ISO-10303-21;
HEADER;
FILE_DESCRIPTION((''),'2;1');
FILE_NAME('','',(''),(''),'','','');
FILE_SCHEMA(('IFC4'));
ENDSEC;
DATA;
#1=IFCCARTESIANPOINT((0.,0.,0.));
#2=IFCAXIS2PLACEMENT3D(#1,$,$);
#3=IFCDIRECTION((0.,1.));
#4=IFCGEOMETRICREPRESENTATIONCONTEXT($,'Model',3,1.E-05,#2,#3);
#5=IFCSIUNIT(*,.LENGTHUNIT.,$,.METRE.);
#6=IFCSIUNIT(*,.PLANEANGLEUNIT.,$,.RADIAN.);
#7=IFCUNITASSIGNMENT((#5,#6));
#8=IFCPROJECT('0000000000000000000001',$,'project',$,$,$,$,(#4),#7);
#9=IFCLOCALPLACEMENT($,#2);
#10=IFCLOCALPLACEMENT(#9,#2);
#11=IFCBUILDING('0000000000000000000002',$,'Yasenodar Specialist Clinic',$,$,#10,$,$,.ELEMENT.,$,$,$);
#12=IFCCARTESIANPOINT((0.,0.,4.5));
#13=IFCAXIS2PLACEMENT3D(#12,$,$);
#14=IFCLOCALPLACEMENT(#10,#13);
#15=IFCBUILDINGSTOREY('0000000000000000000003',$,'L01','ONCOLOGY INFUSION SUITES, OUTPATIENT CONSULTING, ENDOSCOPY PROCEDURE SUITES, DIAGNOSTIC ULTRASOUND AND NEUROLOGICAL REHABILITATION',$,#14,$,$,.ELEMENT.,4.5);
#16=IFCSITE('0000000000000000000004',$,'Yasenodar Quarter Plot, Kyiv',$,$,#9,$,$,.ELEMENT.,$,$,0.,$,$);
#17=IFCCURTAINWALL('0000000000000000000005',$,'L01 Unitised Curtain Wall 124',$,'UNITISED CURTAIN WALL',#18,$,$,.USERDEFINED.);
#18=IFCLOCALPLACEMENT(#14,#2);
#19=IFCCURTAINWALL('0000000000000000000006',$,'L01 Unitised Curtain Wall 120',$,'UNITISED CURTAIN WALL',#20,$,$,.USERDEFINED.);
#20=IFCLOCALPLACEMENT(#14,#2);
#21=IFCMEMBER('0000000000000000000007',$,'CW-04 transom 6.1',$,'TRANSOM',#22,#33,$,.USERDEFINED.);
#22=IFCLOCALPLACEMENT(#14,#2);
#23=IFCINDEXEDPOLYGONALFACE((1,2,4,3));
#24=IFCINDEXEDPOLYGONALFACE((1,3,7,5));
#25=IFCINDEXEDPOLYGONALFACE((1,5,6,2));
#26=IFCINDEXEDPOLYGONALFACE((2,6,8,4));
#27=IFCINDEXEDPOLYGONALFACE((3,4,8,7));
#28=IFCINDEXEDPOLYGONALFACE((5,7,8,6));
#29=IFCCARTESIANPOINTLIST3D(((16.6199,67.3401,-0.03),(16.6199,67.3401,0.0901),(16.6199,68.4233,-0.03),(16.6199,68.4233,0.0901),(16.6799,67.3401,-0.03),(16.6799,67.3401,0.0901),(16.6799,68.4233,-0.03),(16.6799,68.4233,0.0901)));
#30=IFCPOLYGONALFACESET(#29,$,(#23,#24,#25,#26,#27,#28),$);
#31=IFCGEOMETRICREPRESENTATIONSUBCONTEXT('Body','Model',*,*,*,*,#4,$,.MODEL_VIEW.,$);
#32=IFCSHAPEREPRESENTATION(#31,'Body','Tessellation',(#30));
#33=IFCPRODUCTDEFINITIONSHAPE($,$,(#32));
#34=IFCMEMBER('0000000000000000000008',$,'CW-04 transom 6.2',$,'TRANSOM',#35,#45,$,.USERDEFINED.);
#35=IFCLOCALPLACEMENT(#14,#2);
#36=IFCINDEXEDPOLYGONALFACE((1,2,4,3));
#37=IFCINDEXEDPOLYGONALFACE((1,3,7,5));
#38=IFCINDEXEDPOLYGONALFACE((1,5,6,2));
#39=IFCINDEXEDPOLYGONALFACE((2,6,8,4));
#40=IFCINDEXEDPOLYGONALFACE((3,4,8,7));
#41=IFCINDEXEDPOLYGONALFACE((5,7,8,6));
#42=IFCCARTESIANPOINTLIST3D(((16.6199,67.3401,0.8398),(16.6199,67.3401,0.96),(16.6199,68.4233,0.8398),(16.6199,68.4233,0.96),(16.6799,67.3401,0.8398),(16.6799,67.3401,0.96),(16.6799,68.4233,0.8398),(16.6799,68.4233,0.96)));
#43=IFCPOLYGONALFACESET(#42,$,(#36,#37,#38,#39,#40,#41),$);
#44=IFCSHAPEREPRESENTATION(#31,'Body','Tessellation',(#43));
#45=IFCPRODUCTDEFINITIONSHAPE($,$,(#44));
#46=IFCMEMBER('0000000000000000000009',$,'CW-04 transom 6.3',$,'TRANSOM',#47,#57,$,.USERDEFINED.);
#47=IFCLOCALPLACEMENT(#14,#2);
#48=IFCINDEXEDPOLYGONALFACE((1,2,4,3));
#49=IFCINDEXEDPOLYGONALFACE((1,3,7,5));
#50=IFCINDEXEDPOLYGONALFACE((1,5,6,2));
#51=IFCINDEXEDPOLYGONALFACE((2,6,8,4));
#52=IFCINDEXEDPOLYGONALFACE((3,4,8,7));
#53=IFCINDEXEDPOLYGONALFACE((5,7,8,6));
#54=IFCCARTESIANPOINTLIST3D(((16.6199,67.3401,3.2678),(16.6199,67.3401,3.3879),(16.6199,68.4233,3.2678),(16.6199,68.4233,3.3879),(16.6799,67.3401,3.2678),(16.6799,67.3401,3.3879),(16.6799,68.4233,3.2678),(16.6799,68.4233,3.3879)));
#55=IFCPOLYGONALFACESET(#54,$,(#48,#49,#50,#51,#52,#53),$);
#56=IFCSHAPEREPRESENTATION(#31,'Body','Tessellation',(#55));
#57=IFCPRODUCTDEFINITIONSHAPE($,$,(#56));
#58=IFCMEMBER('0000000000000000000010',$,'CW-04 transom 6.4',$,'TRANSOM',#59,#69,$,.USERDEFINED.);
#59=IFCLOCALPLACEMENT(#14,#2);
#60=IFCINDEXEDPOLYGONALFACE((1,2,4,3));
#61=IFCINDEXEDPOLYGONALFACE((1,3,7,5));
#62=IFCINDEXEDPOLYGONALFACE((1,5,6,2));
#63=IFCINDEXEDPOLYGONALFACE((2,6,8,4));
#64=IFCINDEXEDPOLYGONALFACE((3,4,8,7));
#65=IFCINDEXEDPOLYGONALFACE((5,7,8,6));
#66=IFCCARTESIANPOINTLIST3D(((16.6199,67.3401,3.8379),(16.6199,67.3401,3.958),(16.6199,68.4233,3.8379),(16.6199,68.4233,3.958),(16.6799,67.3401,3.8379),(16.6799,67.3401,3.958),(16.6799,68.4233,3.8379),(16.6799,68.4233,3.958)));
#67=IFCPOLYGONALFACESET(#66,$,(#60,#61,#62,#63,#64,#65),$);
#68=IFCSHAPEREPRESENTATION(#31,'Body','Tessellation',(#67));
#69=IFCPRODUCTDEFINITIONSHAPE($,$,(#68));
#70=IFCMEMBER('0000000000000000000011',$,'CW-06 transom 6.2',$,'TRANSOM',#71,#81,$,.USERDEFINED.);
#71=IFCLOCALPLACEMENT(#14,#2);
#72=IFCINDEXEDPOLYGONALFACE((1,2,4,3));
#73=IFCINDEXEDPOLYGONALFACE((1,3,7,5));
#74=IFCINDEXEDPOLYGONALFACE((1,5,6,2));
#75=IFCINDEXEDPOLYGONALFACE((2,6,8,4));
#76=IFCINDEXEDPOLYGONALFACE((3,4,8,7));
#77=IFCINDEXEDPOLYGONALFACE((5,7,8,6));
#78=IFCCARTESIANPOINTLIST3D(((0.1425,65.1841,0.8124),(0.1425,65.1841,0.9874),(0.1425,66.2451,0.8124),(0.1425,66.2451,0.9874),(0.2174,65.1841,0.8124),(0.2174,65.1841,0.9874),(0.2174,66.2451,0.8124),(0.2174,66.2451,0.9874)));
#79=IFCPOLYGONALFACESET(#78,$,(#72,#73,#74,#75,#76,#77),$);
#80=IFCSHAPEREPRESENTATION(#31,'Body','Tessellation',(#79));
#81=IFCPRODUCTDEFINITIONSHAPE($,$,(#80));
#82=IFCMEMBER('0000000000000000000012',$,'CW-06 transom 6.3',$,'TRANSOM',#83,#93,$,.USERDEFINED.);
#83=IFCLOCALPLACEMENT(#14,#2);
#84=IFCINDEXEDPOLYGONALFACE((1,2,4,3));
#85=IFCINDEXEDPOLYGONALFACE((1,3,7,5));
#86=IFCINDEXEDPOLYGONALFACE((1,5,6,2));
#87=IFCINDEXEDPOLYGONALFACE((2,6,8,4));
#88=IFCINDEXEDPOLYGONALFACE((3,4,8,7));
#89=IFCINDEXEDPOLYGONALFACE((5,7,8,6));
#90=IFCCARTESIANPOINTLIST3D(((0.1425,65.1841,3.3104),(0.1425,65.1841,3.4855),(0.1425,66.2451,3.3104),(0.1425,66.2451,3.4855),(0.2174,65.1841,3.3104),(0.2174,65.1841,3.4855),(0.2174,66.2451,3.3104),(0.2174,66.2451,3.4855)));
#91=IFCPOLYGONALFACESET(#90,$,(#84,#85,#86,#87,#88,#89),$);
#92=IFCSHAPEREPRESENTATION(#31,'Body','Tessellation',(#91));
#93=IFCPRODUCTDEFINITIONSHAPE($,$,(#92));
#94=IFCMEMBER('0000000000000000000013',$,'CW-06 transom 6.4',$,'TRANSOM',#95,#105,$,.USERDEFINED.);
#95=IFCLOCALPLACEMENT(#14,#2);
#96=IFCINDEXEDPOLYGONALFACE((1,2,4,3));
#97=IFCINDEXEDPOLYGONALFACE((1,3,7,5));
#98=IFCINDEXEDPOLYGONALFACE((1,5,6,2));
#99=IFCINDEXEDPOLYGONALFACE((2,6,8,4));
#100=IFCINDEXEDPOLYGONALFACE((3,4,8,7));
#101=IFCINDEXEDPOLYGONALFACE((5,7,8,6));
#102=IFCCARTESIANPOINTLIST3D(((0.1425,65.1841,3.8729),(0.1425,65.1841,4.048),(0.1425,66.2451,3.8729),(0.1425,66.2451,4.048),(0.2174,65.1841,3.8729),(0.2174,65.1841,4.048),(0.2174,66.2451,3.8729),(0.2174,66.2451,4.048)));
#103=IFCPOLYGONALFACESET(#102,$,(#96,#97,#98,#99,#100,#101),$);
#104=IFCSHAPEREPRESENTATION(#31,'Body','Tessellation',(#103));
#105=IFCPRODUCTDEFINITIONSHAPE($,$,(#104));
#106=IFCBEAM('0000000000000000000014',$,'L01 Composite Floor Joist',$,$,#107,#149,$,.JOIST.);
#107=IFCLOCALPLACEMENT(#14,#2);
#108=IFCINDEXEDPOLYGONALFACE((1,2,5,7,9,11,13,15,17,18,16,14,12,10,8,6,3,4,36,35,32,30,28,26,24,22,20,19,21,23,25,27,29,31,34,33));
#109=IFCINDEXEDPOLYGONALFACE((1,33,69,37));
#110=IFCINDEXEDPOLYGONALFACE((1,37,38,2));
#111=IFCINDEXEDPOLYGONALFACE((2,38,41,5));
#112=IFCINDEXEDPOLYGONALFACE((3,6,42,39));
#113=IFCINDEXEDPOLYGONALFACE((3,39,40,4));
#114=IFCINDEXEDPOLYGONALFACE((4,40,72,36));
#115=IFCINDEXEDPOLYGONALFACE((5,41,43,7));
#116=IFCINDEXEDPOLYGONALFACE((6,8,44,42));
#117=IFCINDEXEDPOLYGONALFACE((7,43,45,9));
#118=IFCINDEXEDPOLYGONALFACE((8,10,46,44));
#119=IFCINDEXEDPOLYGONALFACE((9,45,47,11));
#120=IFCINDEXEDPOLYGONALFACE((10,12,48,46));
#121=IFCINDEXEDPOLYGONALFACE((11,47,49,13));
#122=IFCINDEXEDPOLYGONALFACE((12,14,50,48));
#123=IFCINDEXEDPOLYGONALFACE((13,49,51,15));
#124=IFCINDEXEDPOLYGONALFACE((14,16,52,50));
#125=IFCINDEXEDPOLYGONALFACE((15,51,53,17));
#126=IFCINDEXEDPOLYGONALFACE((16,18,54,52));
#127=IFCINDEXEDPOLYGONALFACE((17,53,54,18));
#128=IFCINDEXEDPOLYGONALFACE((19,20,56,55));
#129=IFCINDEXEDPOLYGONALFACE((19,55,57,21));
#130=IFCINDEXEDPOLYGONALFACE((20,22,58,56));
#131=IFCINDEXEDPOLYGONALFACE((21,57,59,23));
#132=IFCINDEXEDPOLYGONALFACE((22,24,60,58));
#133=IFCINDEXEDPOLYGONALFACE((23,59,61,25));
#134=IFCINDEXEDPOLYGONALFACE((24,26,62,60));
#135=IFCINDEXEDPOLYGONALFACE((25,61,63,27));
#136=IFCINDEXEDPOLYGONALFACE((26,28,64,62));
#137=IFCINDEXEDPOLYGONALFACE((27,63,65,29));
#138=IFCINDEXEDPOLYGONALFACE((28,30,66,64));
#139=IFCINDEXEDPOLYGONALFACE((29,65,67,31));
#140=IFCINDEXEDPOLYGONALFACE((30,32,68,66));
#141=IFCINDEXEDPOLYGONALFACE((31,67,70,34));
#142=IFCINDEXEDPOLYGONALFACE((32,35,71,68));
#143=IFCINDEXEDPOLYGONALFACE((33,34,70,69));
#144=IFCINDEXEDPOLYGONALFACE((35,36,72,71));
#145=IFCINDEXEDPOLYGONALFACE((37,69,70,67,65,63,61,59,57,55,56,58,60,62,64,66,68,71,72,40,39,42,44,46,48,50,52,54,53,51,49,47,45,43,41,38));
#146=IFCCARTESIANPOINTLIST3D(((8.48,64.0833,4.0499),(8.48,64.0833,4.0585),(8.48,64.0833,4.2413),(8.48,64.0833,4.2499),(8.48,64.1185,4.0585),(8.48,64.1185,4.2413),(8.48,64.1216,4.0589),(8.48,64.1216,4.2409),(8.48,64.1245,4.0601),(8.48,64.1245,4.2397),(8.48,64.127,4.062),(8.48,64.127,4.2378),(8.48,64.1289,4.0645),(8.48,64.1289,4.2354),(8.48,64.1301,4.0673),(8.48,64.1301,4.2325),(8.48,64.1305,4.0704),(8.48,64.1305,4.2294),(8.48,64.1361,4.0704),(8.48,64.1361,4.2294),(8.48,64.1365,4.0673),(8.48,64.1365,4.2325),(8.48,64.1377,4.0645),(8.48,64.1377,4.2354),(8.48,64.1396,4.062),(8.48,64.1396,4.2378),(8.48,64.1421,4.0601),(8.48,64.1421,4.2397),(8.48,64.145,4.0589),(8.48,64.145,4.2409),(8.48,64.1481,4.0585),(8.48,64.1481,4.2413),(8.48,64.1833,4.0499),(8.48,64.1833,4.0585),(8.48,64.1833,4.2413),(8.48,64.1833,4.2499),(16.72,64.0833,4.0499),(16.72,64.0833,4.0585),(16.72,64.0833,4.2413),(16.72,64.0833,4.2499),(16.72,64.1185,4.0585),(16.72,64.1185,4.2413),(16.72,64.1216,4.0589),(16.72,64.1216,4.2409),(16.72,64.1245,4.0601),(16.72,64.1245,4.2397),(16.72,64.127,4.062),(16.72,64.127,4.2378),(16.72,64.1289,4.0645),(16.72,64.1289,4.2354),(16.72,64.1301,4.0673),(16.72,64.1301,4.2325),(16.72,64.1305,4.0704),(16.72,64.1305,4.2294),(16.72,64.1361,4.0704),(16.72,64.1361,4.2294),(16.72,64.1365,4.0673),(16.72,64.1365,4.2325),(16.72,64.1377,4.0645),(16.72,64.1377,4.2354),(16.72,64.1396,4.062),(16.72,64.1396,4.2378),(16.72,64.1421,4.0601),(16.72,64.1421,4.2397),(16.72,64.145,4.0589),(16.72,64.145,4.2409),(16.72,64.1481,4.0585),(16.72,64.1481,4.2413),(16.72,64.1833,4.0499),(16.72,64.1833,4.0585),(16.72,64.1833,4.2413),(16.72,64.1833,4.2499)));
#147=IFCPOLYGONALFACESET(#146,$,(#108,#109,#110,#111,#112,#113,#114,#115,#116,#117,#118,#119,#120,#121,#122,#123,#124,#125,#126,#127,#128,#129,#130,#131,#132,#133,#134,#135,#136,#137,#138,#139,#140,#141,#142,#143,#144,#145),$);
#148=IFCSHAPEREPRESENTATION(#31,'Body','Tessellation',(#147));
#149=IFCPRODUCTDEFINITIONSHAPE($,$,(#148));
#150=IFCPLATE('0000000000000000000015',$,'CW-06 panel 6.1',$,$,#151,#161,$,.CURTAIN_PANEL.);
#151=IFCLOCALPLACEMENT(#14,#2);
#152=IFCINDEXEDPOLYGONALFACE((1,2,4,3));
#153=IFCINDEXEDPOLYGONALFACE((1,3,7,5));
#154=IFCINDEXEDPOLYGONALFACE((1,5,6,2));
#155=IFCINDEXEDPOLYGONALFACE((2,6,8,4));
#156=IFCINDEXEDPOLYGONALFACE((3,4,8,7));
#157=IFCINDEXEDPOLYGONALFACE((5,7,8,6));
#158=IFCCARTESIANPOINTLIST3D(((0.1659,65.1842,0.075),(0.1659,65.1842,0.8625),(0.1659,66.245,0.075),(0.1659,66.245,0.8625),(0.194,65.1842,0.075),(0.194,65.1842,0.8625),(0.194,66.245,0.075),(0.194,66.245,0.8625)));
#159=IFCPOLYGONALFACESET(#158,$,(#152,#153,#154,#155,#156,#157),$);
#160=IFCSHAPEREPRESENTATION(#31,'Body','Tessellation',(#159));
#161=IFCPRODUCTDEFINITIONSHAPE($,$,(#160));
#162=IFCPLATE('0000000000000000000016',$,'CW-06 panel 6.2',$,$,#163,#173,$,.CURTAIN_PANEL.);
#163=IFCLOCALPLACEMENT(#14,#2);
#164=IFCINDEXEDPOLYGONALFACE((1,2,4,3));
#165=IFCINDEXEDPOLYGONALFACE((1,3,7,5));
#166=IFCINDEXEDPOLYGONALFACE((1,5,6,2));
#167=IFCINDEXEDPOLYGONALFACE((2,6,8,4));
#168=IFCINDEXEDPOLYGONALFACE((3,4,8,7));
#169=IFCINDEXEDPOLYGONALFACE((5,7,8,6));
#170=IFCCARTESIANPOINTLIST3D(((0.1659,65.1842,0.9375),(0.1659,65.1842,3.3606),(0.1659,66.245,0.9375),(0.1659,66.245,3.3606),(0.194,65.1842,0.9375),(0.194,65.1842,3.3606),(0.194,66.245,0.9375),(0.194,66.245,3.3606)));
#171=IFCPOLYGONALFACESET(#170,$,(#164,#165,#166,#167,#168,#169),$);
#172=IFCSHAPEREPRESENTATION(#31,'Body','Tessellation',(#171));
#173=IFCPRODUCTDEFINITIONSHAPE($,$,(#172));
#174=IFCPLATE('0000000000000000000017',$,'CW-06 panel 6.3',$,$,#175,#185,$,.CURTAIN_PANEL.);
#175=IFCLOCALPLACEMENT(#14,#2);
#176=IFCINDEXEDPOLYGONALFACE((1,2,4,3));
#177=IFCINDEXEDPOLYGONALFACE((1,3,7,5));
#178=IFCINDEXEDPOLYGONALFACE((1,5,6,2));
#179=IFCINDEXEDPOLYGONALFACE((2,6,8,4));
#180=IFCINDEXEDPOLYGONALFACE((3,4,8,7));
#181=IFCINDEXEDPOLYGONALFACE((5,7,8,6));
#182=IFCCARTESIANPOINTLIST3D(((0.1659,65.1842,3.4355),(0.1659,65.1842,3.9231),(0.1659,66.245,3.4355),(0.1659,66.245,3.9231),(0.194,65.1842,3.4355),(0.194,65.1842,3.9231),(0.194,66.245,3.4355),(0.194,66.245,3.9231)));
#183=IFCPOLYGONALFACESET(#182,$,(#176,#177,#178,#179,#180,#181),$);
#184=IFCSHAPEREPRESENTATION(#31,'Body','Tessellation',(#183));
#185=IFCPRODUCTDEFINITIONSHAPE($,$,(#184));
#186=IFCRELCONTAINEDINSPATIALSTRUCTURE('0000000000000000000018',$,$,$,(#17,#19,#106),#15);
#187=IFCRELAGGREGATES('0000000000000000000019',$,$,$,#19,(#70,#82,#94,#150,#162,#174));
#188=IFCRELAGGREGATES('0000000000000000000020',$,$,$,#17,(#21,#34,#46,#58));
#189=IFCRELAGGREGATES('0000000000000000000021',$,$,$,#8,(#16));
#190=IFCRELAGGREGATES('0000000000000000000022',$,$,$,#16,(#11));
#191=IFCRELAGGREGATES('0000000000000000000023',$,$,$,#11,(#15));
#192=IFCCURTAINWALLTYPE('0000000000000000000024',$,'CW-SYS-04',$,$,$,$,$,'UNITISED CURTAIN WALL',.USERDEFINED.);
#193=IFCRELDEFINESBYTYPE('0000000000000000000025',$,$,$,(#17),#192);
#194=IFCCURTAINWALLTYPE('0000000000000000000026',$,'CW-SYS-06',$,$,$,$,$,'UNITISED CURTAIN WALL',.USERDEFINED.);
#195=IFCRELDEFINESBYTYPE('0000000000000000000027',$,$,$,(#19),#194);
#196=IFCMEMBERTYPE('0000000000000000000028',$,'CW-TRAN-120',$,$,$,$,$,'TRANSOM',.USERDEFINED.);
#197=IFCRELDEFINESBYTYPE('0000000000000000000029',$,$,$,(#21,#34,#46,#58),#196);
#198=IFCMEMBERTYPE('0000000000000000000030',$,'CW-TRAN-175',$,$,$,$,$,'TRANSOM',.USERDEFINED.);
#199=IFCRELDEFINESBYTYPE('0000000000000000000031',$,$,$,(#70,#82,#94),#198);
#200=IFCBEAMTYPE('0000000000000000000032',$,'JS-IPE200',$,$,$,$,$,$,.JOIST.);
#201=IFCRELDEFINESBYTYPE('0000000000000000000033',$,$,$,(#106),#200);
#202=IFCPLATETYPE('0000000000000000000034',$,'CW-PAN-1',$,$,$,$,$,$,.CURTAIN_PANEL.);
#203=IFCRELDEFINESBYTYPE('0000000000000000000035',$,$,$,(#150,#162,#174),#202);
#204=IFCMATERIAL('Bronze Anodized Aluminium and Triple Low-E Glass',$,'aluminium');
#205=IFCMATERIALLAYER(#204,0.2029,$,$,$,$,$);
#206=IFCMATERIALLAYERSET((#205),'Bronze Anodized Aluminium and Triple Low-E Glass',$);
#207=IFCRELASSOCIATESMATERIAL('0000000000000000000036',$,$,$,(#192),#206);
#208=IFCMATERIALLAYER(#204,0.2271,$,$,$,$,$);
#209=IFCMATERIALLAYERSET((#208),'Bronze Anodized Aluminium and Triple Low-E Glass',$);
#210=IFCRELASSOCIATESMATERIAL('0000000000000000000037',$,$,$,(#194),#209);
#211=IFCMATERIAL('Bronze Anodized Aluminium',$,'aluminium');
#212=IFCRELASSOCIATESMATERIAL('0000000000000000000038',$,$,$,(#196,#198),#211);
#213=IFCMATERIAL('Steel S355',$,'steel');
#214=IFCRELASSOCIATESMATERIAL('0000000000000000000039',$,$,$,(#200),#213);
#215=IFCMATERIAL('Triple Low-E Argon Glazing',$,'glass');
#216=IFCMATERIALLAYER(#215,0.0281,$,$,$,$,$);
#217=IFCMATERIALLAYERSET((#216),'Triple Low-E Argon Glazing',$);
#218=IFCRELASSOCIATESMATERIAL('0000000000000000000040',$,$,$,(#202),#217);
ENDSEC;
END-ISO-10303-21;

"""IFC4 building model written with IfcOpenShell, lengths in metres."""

from ifc_helpers import new_model, si_unit, direction, frame, origin, origin_2d, place, context, subcontext, project, spatial, rectangle, i_section, extrude, material, layer, layer_set, material_profile, profile_set, type_object, element, aggregate, save


model = new_model("IFC4")

# Units and contexts
model_context = context("Model", 3, precision=1e-05, world=origin(), true_north=direction((0.0, 1.0)))
body_context = subcontext(model_context, "Body", "Model", "MODEL_VIEW")
ifc_project = project(units=[si_unit("LENGTHUNIT", "METRE"), si_unit("PLANEANGLEUNIT", "RADIAN")], contexts=[model_context])

# Site, building, storey
site_placement = place(None, origin())
site = spatial("IfcSite", under=ifc_project, at=site_placement, Name="Yasenodar Quarter Plot, Kyiv", CompositionType="ELEMENT", RefElevation=0.0)
building_placement = place(site_placement, origin())
building = spatial("IfcBuilding", under=site, at=building_placement, Name="Yasenodar Specialist Clinic", CompositionType="ELEMENT")
storey_placement = place(building_placement, frame((0.0, 0.0, 4.5)))
storey = spatial("IfcBuildingStorey", under=building, at=storey_placement, Name="L01", Description="ONCOLOGY INFUSION SUITES, OUTPATIENT CONSULTING, ENDOSCOPY PROCEDURE SUITES, DIAGNOSTIC ULTRASOUND AND NEUROLOGICAL REHABILITATION", CompositionType="ELEMENT", Elevation=4.5)

# Shared definitions
ifc_material_1 = material(Name="Steel S355", Category="steel")

# Curtain wall
ifc_material_2 = material(Name="Bronze Anodized Aluminium and Triple Low-E Glass", Category="aluminium")
ifc_layer_1 = layer(ifc_material_2, 0.2029)
ifc_layer_set_1 = layer_set([ifc_layer_1], Name="Bronze Anodized Aluminium and Triple Low-E Glass")
curtain_wall_type_1 = type_object("IfcCurtainWallType", Name="CW-SYS-04", ElementType="UNITISED CURTAIN WALL", PredefinedType="USERDEFINED", material=ifc_layer_set_1)
curtain_wall_1_placement = place(storey_placement, origin())
curtain_wall_1 = element("IfcCurtainWall", 1, at=curtain_wall_1_placement, inside=storey, type_object=curtain_wall_type_1, Name="L01 Unitised Curtain Wall 124", ObjectType="UNITISED CURTAIN WALL", PredefinedType="USERDEFINED")
ifc_material_3 = material(Name="Bronze Anodized Aluminium", Category="aluminium")

# Curtain wall
ifc_layer_2 = layer(ifc_material_2, 0.2271)
ifc_layer_set_2 = layer_set([ifc_layer_2], Name="Bronze Anodized Aluminium and Triple Low-E Glass")
curtain_wall_type_2 = type_object("IfcCurtainWallType", Name="CW-SYS-06", ElementType="UNITISED CURTAIN WALL", PredefinedType="USERDEFINED", material=ifc_layer_set_2)
curtain_wall_2_placement = place(storey_placement, origin())
curtain_wall_2 = element("IfcCurtainWall", 2, at=curtain_wall_2_placement, inside=storey, type_object=curtain_wall_type_2, Name="L01 Unitised Curtain Wall 120", ObjectType="UNITISED CURTAIN WALL", PredefinedType="USERDEFINED")

# Members
ifc_material_profile_1 = material_profile(ifc_material_3, rectangle(XDim=0.0601, YDim=0.1201, at=origin_2d()), Name="CW-TRAN 60x120")
ifc_profile_set_1 = profile_set([ifc_material_profile_1], Name="Bronze Anodized Aluminium")
member_type_1 = type_object("IfcMemberType", Name="CW-TRAN-120", ElementType="TRANSOM", PredefinedType="USERDEFINED", material=ifc_profile_set_1)
member_1_placement = place(storey_placement, frame((16.6499, 68.4233, 0.03), z_axis=(0.0, -1.0, 0.0), x_axis=(1.0, 0.0, 0.0)))
member_1 = element("IfcMember", 3, at=member_1_placement, type_object=member_type_1, Name="CW-04 transom 6.1", ObjectType="TRANSOM", PredefinedType="USERDEFINED", context=body_context, shape_type="SweptSolid", body=[
    extrude(rectangle(XDim=0.0601, YDim=0.1201, at=origin_2d()), origin(), (0.0, 0.0, 1.0), 1.0833),
])
member_2_placement = place(storey_placement, frame((16.6499, 68.4233, 0.8999), z_axis=(0.0, -1.0, 0.0), x_axis=(1.0, 0.0, 0.0)))
member_2 = element("IfcMember", 4, at=member_2_placement, type_object=member_type_1, Name="CW-04 transom 6.2", ObjectType="TRANSOM", PredefinedType="USERDEFINED", context=body_context, shape_type="SweptSolid", body=[
    extrude(rectangle(XDim=0.0601, YDim=0.1201, at=origin_2d()), origin(), (0.0, 0.0, 1.0), 1.0833),
])
member_3_placement = place(storey_placement, frame((16.6499, 68.4233, 3.3279), z_axis=(0.0, -1.0, 0.0), x_axis=(1.0, 0.0, 0.0)))
member_3 = element("IfcMember", 5, at=member_3_placement, type_object=member_type_1, Name="CW-04 transom 6.3", ObjectType="TRANSOM", PredefinedType="USERDEFINED", context=body_context, shape_type="SweptSolid", body=[
    extrude(rectangle(XDim=0.0601, YDim=0.1201, at=origin_2d()), origin(), (0.0, 0.0, 1.0), 1.0833),
])
member_4_placement = place(storey_placement, frame((16.6499, 68.4233, 3.8979), z_axis=(0.0, -1.0, 0.0), x_axis=(1.0, 0.0, 0.0)))
member_4 = element("IfcMember", 6, at=member_4_placement, type_object=member_type_1, Name="CW-04 transom 6.4", ObjectType="TRANSOM", PredefinedType="USERDEFINED", context=body_context, shape_type="SweptSolid", body=[
    extrude(rectangle(XDim=0.0601, YDim=0.1201, at=origin_2d()), origin(), (0.0, 0.0, 1.0), 1.0833),
])
ifc_material_profile_2 = material_profile(ifc_material_3, rectangle(XDim=0.075, YDim=0.175, at=origin_2d()), Name="CW-TRAN 75x175")
ifc_profile_set_2 = profile_set([ifc_material_profile_2], Name="Bronze Anodized Aluminium")
member_type_2 = type_object("IfcMemberType", Name="CW-TRAN-175", ElementType="TRANSOM", PredefinedType="USERDEFINED", material=ifc_profile_set_2)
member_5_placement = place(storey_placement, frame((0.1799, 65.1841, 0.8999), z_axis=(0.0, 1.0, 0.0), x_axis=(-1.0, 0.0, 0.0)))
member_5 = element("IfcMember", 7, at=member_5_placement, type_object=member_type_2, Name="CW-06 transom 6.2", ObjectType="TRANSOM", PredefinedType="USERDEFINED", context=body_context, shape_type="SweptSolid", body=[
    extrude(rectangle(XDim=0.075, YDim=0.175, at=origin_2d()), origin(), (0.0, 0.0, 1.0), 1.061),
])
member_6_placement = place(storey_placement, frame((0.1799, 65.1841, 3.3979), z_axis=(0.0, 1.0, 0.0), x_axis=(-1.0, 0.0, 0.0)))
member_6 = element("IfcMember", 8, at=member_6_placement, type_object=member_type_2, Name="CW-06 transom 6.3", ObjectType="TRANSOM", PredefinedType="USERDEFINED", context=body_context, shape_type="SweptSolid", body=[
    extrude(rectangle(XDim=0.075, YDim=0.175, at=origin_2d()), origin(), (0.0, 0.0, 1.0), 1.061),
])
member_7_placement = place(storey_placement, frame((0.1799, 65.1841, 3.9604), z_axis=(0.0, 1.0, 0.0), x_axis=(-1.0, 0.0, 0.0)))
member_7 = element("IfcMember", 9, at=member_7_placement, type_object=member_type_2, Name="CW-06 transom 6.4", ObjectType="TRANSOM", PredefinedType="USERDEFINED", context=body_context, shape_type="SweptSolid", body=[
    extrude(rectangle(XDim=0.075, YDim=0.175, at=origin_2d()), origin(), (0.0, 0.0, 1.0), 1.061),
])

# Beam
ifc_material_profile_3 = material_profile(ifc_material_1, i_section(OverallWidth=0.1001, OverallDepth=0.2, WebThickness=0.0056, FlangeThickness=0.0085, FilletRadius=0.012, at=origin_2d()), Name="IPE 200")
ifc_profile_set_3 = profile_set([ifc_material_profile_3], Name="Steel S355")
beam_type_1 = type_object("IfcBeamType", Name="JS-IPE200", PredefinedType="JOIST", material=ifc_profile_set_3)
beam_1_placement = place(storey_placement, frame((8.48, 64.1333, 4.1499), z_axis=(1.0, 0.0, 0.0), x_axis=(0.0, 1.0, 0.0)))
element("IfcBeam", 10, at=beam_1_placement, inside=storey, type_object=beam_type_1, Name="L01 Composite Floor Joist", PredefinedType="JOIST", context=body_context, shape_type="SweptSolid", body=[
    extrude(i_section(OverallWidth=0.1001, OverallDepth=0.2, WebThickness=0.0056, FlangeThickness=0.0085, FilletRadius=0.012, at=origin_2d()), origin(), (0.0, 0.0, 1.0), 8.24),
])

# Plates
ifc_material_4 = material(Name="Triple Low-E Argon Glazing", Category="glass")
ifc_layer_3 = layer(ifc_material_4, 0.0281)
ifc_layer_set_3 = layer_set([ifc_layer_3], Name="Triple Low-E Argon Glazing")
plate_type = type_object("IfcPlateType", Name="CW-PAN-1", PredefinedType="CURTAIN_PANEL", material=ifc_layer_set_3)
plate_1_placement = place(storey_placement, frame((0.1799, 65.7146, 0.075), z_axis=(0.0, 0.0, 1.0), x_axis=(0.0, 1.0, 0.0)))
plate_1 = element("IfcPlate", 11, at=plate_1_placement, type_object=plate_type, Name="CW-06 panel 6.1", PredefinedType="CURTAIN_PANEL", context=body_context, shape_type="SweptSolid", body=[
    extrude(rectangle(XDim=1.0608, YDim=0.0281, at=origin_2d()), origin(), (0.0, 0.0, 1.0), 0.7876),
])
plate_2_placement = place(storey_placement, frame((0.1799, 65.7146, 0.9375), z_axis=(0.0, 0.0, 1.0), x_axis=(0.0, 1.0, 0.0)))
plate_2 = element("IfcPlate", 12, at=plate_2_placement, type_object=plate_type, Name="CW-06 panel 6.2", PredefinedType="CURTAIN_PANEL", context=body_context, shape_type="SweptSolid", body=[
    extrude(rectangle(XDim=1.0608, YDim=0.0281, at=origin_2d()), origin(), (0.0, 0.0, 1.0), 2.4231),
])
plate_3_placement = place(storey_placement, frame((0.1799, 65.7146, 3.4355), z_axis=(0.0, 0.0, 1.0), x_axis=(0.0, 1.0, 0.0)))
plate_3 = element("IfcPlate", 13, at=plate_3_placement, type_object=plate_type, Name="CW-06 panel 6.3", PredefinedType="CURTAIN_PANEL", context=body_context, shape_type="SweptSolid", body=[
    extrude(rectangle(XDim=1.0608, YDim=0.0281, at=origin_2d()), origin(), (0.0, 0.0, 1.0), 0.4875),
])
aggregate(curtain_wall_2, [member_5, member_6, member_7, plate_1, plate_2, plate_3])
aggregate(curtain_wall_1, [member_1, member_2, member_3, member_4])

save(model, "model.ifc")
